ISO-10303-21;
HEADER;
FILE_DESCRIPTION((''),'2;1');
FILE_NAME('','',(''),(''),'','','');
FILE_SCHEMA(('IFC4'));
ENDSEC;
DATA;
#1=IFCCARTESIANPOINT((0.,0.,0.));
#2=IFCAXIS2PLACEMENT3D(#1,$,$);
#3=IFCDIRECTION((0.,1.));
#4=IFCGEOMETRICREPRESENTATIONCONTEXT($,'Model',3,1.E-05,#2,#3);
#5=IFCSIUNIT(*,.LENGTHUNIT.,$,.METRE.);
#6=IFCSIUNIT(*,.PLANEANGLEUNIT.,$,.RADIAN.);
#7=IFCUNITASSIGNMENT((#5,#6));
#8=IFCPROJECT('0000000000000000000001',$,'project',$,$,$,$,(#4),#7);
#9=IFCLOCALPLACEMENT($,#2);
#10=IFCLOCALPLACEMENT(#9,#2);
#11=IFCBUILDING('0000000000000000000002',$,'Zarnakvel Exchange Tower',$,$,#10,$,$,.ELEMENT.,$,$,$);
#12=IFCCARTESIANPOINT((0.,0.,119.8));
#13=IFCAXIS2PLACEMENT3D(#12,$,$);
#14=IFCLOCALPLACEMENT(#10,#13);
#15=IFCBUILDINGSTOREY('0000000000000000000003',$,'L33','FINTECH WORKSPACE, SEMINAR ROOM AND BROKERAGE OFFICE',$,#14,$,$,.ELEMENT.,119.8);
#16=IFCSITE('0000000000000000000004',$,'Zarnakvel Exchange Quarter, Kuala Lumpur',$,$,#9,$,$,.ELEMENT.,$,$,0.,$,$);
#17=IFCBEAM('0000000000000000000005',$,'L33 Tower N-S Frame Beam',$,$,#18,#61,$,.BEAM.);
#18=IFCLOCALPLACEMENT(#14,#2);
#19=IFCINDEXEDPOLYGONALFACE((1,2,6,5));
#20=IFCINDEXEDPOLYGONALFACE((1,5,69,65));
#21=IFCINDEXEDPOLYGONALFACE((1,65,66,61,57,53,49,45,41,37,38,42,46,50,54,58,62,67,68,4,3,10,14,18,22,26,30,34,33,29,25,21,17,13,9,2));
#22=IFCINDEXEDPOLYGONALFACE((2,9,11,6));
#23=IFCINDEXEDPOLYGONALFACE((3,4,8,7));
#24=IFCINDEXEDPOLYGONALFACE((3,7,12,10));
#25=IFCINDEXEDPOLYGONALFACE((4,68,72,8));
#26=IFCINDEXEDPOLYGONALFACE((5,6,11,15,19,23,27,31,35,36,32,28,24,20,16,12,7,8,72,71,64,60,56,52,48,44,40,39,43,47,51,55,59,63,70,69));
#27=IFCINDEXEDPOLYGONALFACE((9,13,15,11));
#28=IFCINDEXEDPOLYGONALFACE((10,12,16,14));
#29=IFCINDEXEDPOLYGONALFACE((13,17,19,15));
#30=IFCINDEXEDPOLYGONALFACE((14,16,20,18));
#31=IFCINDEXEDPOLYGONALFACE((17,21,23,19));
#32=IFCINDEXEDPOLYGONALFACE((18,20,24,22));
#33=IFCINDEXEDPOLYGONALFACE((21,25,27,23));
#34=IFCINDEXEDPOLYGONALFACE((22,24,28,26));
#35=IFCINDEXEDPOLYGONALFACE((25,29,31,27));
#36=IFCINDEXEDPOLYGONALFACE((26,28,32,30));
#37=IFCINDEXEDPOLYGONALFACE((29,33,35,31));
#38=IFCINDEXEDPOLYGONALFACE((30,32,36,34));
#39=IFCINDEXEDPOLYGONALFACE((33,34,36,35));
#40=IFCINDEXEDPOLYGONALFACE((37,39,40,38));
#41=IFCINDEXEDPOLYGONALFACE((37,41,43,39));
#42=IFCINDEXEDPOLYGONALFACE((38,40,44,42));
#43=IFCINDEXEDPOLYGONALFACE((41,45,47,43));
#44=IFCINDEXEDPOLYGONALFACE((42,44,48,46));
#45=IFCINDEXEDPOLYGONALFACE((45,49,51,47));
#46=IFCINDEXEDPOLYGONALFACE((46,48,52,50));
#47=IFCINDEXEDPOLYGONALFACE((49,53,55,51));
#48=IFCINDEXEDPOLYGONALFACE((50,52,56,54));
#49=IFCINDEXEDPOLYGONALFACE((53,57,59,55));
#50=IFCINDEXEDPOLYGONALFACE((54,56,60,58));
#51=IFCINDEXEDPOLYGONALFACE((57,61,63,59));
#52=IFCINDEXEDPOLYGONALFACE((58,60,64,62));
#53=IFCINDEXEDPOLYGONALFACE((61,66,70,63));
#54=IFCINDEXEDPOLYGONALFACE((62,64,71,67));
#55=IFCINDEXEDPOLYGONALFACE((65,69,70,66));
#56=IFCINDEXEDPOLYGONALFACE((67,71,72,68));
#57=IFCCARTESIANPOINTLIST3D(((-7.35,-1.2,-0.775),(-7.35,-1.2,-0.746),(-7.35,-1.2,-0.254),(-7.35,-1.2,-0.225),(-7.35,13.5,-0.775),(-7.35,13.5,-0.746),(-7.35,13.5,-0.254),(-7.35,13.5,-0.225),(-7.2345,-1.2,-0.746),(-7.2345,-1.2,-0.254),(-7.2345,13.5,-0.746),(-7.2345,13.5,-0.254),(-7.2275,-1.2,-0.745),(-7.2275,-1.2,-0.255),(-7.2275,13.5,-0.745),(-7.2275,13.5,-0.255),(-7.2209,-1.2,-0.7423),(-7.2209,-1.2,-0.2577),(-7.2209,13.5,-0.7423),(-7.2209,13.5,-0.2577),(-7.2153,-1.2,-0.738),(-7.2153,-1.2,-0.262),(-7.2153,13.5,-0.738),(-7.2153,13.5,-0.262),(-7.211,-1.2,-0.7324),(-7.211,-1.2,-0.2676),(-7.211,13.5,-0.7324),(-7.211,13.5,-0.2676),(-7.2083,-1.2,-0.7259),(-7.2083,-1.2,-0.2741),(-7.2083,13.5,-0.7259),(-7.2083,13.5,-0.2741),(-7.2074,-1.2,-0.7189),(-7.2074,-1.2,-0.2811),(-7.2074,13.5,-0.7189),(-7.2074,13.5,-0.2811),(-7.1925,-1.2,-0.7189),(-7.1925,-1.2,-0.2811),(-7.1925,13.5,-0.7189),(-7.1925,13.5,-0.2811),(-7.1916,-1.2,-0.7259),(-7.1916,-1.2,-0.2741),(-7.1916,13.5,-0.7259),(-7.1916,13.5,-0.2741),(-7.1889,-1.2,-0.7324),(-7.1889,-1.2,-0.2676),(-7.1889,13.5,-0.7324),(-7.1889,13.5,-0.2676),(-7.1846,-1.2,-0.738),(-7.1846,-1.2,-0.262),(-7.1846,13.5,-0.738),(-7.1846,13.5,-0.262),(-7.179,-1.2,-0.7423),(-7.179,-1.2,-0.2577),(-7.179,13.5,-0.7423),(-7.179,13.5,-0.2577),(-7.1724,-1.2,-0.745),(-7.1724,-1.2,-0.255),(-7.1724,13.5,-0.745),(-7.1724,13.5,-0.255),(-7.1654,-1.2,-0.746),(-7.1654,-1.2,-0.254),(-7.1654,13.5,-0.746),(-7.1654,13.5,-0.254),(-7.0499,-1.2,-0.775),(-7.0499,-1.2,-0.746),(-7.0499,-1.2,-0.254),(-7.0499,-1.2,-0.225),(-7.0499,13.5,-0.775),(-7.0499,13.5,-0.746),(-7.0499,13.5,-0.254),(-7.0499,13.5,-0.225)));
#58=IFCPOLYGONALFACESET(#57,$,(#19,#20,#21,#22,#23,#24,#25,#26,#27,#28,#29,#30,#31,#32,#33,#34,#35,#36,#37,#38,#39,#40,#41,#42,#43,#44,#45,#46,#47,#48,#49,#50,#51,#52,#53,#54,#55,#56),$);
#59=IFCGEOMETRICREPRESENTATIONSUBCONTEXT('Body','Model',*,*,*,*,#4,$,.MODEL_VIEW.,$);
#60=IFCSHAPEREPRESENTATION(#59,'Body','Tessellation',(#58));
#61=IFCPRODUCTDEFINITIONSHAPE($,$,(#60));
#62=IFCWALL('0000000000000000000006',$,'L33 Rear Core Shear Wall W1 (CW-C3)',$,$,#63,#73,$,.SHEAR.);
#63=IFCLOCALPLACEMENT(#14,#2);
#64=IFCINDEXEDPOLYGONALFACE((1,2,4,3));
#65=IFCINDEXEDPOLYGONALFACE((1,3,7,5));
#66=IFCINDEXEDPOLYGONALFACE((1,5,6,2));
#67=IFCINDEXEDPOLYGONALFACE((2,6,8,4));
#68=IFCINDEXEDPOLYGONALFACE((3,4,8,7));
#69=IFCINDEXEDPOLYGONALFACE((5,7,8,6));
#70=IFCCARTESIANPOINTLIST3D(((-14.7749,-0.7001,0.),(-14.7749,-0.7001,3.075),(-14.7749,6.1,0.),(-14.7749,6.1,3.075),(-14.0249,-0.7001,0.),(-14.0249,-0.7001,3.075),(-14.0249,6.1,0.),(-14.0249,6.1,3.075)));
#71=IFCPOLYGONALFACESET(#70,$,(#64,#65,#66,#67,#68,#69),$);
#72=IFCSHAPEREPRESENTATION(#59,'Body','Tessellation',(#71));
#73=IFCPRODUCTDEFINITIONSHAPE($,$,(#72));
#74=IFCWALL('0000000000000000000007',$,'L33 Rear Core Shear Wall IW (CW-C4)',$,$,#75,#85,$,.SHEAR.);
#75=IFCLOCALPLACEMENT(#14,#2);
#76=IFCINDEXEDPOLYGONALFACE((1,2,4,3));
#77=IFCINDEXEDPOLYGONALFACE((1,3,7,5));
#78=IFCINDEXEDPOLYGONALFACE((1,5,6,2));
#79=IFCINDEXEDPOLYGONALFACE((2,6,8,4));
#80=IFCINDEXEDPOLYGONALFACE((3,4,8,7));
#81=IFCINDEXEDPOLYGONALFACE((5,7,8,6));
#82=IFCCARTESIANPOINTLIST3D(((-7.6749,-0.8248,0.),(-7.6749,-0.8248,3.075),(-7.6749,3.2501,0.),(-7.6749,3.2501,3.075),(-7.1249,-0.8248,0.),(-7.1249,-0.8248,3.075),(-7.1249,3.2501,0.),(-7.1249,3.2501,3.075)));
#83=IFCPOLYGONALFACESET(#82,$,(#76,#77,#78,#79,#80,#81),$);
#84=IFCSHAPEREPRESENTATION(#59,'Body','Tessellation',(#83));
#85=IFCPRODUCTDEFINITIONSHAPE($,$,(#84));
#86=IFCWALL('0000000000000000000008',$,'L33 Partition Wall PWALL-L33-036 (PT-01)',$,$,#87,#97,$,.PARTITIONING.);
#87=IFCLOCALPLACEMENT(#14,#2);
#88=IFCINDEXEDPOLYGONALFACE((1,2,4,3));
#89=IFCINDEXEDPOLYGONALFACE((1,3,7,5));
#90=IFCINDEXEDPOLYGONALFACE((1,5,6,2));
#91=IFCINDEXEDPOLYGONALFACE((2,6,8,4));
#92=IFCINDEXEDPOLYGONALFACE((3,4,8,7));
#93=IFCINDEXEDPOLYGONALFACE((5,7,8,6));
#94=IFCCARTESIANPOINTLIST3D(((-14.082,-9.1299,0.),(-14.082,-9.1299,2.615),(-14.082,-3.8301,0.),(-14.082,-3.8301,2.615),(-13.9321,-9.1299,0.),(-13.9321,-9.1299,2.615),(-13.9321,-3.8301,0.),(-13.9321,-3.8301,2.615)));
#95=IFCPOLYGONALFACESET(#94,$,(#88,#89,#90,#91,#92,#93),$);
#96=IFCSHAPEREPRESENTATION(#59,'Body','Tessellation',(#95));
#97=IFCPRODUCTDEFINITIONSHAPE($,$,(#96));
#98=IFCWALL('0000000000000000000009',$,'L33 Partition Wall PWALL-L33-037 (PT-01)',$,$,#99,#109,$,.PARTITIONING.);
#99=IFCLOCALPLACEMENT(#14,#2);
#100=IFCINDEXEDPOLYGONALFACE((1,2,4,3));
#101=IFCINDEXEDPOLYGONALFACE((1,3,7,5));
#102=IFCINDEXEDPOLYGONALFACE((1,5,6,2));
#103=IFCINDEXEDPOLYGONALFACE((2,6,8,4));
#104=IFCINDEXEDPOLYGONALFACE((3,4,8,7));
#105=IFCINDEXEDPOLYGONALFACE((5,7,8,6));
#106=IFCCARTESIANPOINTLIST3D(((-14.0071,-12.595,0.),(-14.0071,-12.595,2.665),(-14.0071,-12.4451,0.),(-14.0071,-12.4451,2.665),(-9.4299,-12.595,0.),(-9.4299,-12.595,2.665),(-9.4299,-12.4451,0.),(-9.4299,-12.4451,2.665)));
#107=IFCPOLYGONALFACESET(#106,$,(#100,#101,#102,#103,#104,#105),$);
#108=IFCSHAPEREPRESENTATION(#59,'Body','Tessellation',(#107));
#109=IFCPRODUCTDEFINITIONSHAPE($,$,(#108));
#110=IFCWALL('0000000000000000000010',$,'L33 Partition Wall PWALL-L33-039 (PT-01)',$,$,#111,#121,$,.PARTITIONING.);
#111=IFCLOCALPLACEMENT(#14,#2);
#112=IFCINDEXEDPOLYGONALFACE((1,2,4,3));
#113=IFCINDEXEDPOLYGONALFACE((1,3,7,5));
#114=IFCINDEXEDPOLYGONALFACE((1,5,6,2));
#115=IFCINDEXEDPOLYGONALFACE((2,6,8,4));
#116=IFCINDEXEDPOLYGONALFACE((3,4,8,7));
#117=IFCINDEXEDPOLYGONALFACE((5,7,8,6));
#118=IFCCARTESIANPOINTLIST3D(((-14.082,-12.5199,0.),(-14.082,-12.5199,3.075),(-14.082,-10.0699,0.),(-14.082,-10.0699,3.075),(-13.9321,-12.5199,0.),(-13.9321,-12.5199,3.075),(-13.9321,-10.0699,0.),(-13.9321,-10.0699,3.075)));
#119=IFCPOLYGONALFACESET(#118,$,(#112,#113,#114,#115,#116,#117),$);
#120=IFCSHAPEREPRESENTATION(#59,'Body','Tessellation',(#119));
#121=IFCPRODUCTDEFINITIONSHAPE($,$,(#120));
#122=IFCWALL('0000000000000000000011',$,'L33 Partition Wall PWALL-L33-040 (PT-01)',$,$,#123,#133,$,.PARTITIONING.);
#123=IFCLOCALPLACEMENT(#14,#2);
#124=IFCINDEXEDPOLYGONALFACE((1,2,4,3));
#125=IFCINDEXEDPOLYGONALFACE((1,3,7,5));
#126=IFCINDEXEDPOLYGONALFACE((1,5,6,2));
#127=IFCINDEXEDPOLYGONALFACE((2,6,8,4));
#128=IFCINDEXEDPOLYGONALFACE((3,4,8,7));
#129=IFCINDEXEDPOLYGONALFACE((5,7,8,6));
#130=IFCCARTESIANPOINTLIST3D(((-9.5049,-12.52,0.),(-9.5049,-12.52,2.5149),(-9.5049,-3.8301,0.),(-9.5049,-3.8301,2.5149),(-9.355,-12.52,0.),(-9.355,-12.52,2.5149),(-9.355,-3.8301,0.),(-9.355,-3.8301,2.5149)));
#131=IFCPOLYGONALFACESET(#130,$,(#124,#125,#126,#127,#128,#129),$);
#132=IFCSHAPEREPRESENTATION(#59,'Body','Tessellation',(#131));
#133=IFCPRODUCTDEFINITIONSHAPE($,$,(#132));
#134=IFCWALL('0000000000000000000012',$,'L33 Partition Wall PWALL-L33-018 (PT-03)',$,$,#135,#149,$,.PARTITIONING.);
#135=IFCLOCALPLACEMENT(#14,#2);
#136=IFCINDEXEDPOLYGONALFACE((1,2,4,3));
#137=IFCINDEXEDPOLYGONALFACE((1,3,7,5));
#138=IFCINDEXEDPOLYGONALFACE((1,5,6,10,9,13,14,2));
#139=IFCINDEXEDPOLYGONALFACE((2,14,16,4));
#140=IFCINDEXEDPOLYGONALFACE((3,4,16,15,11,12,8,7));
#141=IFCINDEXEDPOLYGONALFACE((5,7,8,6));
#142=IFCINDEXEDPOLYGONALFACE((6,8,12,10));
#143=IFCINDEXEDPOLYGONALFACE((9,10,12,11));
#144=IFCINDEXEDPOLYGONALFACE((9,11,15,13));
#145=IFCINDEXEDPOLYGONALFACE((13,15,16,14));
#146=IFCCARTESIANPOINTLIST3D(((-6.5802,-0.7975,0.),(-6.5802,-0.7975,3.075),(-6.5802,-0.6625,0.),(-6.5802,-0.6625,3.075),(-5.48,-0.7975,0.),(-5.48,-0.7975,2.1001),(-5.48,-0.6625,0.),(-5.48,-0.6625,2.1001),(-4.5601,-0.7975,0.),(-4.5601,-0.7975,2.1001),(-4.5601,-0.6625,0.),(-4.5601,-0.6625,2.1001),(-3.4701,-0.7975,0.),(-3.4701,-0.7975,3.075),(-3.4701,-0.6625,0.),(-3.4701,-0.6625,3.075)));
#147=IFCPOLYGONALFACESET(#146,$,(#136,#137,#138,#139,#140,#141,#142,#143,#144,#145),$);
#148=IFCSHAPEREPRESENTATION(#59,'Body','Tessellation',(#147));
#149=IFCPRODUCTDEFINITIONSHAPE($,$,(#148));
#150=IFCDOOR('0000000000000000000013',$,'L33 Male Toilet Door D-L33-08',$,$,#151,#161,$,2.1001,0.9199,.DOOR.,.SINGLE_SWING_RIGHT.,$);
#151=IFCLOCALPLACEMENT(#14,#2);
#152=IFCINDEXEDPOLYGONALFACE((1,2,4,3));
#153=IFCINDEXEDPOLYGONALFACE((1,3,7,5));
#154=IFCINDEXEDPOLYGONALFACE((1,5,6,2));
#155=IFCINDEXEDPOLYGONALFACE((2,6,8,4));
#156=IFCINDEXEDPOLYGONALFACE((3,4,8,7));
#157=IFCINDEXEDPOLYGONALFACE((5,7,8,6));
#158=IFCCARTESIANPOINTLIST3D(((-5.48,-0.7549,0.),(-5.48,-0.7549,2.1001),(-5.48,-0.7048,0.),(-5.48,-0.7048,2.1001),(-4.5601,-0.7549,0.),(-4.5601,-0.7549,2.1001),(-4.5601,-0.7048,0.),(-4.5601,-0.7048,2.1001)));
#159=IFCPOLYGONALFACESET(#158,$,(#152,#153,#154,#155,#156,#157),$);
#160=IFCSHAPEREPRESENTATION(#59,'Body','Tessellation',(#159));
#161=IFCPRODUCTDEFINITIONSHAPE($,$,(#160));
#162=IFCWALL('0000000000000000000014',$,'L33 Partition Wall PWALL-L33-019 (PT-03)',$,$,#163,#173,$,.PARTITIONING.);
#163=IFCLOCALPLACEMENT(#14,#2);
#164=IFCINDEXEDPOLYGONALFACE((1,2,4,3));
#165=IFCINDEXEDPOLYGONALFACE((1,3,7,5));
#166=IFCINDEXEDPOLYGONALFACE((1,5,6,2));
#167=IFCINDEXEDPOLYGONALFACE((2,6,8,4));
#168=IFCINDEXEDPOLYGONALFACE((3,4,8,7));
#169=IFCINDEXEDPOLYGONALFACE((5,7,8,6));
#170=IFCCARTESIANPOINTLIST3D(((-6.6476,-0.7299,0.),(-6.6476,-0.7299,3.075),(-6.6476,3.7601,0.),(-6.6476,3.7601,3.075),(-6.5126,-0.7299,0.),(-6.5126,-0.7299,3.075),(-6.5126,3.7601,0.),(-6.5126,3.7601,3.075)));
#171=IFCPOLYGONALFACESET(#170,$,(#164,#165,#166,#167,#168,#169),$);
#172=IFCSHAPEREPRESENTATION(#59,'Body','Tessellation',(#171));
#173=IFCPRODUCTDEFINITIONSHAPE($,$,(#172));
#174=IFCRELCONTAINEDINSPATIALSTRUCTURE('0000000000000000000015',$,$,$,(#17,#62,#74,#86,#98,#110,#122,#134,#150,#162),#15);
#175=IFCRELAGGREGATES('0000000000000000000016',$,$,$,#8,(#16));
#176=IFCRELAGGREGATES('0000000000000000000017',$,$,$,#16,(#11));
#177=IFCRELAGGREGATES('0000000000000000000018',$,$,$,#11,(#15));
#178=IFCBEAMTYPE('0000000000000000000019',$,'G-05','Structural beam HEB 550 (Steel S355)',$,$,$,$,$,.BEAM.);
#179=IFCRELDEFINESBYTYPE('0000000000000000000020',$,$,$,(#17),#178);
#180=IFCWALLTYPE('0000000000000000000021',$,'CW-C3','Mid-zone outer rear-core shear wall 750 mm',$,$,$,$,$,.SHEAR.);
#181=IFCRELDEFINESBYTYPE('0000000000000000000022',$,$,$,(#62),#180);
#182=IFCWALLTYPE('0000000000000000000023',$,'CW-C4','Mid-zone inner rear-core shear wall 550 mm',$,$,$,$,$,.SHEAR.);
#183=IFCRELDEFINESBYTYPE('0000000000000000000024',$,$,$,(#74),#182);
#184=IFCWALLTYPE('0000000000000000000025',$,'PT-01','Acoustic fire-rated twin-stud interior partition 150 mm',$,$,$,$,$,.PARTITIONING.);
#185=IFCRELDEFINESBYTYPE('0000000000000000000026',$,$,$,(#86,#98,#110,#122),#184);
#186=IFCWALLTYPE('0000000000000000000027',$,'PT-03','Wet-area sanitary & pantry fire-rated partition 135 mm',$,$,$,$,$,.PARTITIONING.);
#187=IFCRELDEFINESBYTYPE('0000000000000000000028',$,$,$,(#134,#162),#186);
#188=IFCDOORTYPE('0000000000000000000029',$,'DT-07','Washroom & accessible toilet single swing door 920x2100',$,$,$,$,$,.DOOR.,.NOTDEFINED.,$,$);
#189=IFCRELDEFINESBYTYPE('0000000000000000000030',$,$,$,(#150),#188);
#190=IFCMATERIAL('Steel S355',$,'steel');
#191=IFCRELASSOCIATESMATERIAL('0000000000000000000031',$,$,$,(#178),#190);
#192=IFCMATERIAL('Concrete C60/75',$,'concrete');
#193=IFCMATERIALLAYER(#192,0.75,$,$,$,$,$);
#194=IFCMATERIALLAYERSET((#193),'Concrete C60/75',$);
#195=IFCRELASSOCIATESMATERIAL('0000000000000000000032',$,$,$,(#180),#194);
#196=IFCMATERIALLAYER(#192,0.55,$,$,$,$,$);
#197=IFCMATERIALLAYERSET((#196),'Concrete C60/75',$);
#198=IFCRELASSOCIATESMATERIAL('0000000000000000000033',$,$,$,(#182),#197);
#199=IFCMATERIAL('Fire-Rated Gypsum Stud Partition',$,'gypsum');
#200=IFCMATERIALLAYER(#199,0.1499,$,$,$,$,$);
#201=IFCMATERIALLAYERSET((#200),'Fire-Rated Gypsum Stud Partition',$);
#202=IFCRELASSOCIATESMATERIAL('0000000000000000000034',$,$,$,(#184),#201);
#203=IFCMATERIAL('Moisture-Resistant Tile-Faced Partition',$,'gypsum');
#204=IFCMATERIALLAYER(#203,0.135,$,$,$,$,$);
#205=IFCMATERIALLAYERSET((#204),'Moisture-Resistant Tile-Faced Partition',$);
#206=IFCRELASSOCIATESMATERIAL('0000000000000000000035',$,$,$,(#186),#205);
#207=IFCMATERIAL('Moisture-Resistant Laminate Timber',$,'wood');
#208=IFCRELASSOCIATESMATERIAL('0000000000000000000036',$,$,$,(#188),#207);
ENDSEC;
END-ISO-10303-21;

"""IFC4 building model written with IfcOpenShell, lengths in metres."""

from ifc_helpers import new_model, si_unit, direction, frame, frame_2d, origin, origin_2d, place, context, subcontext, project, spatial, rectangle, i_section, extrude, source, transform, mapped, material, layer, layer_set, material_profile, profile_set, type_object, element, fill, save


model = new_model("IFC4")

# Units and contexts
model_context = context("Model", 3, precision=1e-05, world=origin(), true_north=direction((0.0, 1.0)))
body_context = subcontext(model_context, "Body", "Model", "MODEL_VIEW")
ifc_project = project(units=[si_unit("LENGTHUNIT", "METRE"), si_unit("PLANEANGLEUNIT", "RADIAN")], contexts=[model_context])

# Site, building, storey
site_placement = place(None, origin())
site = spatial("IfcSite", under=ifc_project, at=site_placement, Name="Zarnakvel Exchange Quarter, Kuala Lumpur", CompositionType="ELEMENT", RefElevation=0.0)
building_placement = place(site_placement, origin())
building = spatial("IfcBuilding", under=site, at=building_placement, Name="Zarnakvel Exchange Tower", CompositionType="ELEMENT")
storey_placement = place(building_placement, frame((0.0, 0.0, 119.8)))
storey = spatial("IfcBuildingStorey", under=building, at=storey_placement, Name="L33", Description="FINTECH WORKSPACE, SEMINAR ROOM AND BROKERAGE OFFICE", CompositionType="ELEMENT", Elevation=119.8)

# Shared definitions
ifc_material_1 = material(Name="Concrete C60/75", Category="concrete")

# Beam
ifc_material_2 = material(Name="Steel S355", Category="steel")
ifc_material_profile_1 = material_profile(ifc_material_2, i_section(OverallWidth=0.3, OverallDepth=0.55, WebThickness=0.0149, FlangeThickness=0.0291, FilletRadius=0.0271, at=origin_2d()))
ifc_profile_set_1 = profile_set([ifc_material_profile_1], Name="Steel S355")
beam_type_1 = type_object("IfcBeamType", Name="G-05", Description="Structural beam HEB 550 (Steel S355)", PredefinedType="BEAM", material=ifc_profile_set_1)
beam_1_placement = place(storey_placement, frame((-7.2, -1.2, -0.5), z_axis=(0.0, 1.0, 0.0), x_axis=(-1.0, 0.0, 0.0)))
element("IfcBeam", 1, at=beam_1_placement, inside=storey, type_object=beam_type_1, Name="L33 Tower N-S Frame Beam", PredefinedType="BEAM", context=body_context, shape_type="SweptSolid", body=[
    extrude(i_section(OverallWidth=0.3, OverallDepth=0.55, WebThickness=0.0149, FlangeThickness=0.0291, FilletRadius=0.0271, at=origin_2d()), origin(), (0.0, 0.0, 1.0), 14.7),
])

# Wall
ifc_layer_1 = layer(ifc_material_1, 0.75)
ifc_layer_set_1 = layer_set([ifc_layer_1], Name="Concrete C60/75")
wall_type_1 = type_object("IfcWallType", Name="CW-C3", Description="Mid-zone outer rear-core shear wall 750 mm", PredefinedType="SHEAR", material=ifc_layer_set_1)
wall_1_placement = place(storey_placement, frame((-14.3999, -0.7, 0.0), z_axis=(0.0, 0.0, 1.0), x_axis=(0.0, 1.0, 0.0)))
element("IfcWall", 2, at=wall_1_placement, inside=storey, type_object=wall_type_1, Name="L33 Rear Core Shear Wall W1 (CW-C3)", PredefinedType="SHEAR", context=body_context, shape_type="SweptSolid", body=[
    extrude(rectangle(XDim=6.8, YDim=0.75, at=frame_2d((3.3999, 0.0))), origin(), (0.0, 0.0, 1.0), 3.075),
])

# Wall
ifc_layer_2 = layer(ifc_material_1, 0.55)
ifc_layer_set_2 = layer_set([ifc_layer_2], Name="Concrete C60/75")
wall_type_2 = type_object("IfcWallType", Name="CW-C4", Description="Mid-zone inner rear-core shear wall 550 mm", PredefinedType="SHEAR", material=ifc_layer_set_2)
wall_2_placement = place(storey_placement, frame((-7.3999, -0.825, 0.0), z_axis=(0.0, 0.0, 1.0), x_axis=(0.0, 1.0, 0.0)))
element("IfcWall", 3, at=wall_2_placement, inside=storey, type_object=wall_type_2, Name="L33 Rear Core Shear Wall IW (CW-C4)", PredefinedType="SHEAR", context=body_context, shape_type="SweptSolid", body=[
    extrude(rectangle(XDim=4.075, YDim=0.55, at=frame_2d((2.0376, 0.0))), origin(), (0.0, 0.0, 1.0), 3.075),
])

# Shared definitions
ifc_material_3 = material(Name="Fire-Rated Gypsum Stud Partition", Category="gypsum")
ifc_layer_3 = layer(ifc_material_3, 0.1499)
ifc_layer_set_3 = layer_set([ifc_layer_3], Name="Fire-Rated Gypsum Stud Partition")
wall_type_3 = type_object("IfcWallType", Name="PT-01", Description="Acoustic fire-rated twin-stud interior partition 150 mm", PredefinedType="PARTITIONING", material=ifc_layer_set_3)

# Walls
wall_3_placement = place(storey_placement, frame((-14.0071, -3.8301, 0.0), z_axis=(0.0, 0.0, 1.0), x_axis=(0.0, -1.0, 0.0)))
element("IfcWall", 4, at=wall_3_placement, inside=storey, type_object=wall_type_3, Name="L33 Partition Wall PWALL-L33-036 (PT-01)", PredefinedType="PARTITIONING", context=body_context, shape_type="SweptSolid", body=[
    extrude(rectangle(XDim=5.2998, YDim=0.1499, at=frame_2d((2.6499, 0.0))), origin(), (0.0, 0.0, 1.0), 2.615),
])
wall_4_placement = place(storey_placement, frame((-9.4299, -12.52, 0.0), z_axis=(0.0, 0.0, 1.0), x_axis=(-1.0, 0.0, 0.0)))
element("IfcWall", 5, at=wall_4_placement, inside=storey, type_object=wall_type_3, Name="L33 Partition Wall PWALL-L33-037 (PT-01)", PredefinedType="PARTITIONING", context=body_context, shape_type="SweptSolid", body=[
    extrude(rectangle(XDim=4.5771, YDim=0.1499, at=frame_2d((2.2886, 0.0))), origin(), (0.0, 0.0, 1.0), 2.665),
])

# Walls
wall_5_placement = place(storey_placement, frame((-14.0071, -12.52, 0.0), z_axis=(0.0, 0.0, 1.0), x_axis=(0.0, 1.0, 0.0)))
element("IfcWall", 6, at=wall_5_placement, inside=storey, type_object=wall_type_3, Name="L33 Partition Wall PWALL-L33-039 (PT-01)", PredefinedType="PARTITIONING", context=body_context, shape_type="SweptSolid", body=[
    extrude(rectangle(XDim=2.45, YDim=0.1499, at=frame_2d((1.2251, 0.0))), origin(), (0.0, 0.0, 1.0), 3.075),
])
wall_6_placement = place(storey_placement, frame((-9.4299, -3.8301, 0.0), z_axis=(0.0, 0.0, 1.0), x_axis=(0.0, -1.0, 0.0)))
element("IfcWall", 7, at=wall_6_placement, inside=storey, type_object=wall_type_3, Name="L33 Partition Wall PWALL-L33-040 (PT-01)", PredefinedType="PARTITIONING", context=body_context, shape_type="SweptSolid", body=[
    extrude(rectangle(XDim=8.6899, YDim=0.1499, at=frame_2d((4.345, 0.0))), origin(), (0.0, 0.0, 1.0), 2.5149),
])

# Wall, opening, door
ifc_material_4 = material(Name="Moisture-Resistant Tile-Faced Partition", Category="gypsum")
ifc_layer_4 = layer(ifc_material_4, 0.135)
ifc_layer_set_4 = layer_set([ifc_layer_4], Name="Moisture-Resistant Tile-Faced Partition")
wall_type_4 = type_object("IfcWallType", Name="PT-03", Description="Wet-area sanitary & pantry fire-rated partition 135 mm", PredefinedType="PARTITIONING", material=ifc_layer_set_4)
wall_7_placement = place(storey_placement, frame((-3.47, -0.73, 0.0), z_axis=(0.0, 0.0, 1.0), x_axis=(-1.0, 0.0, 0.0)))
wall_7 = element("IfcWall", 8, at=wall_7_placement, inside=storey, type_object=wall_type_4, Name="L33 Partition Wall PWALL-L33-018 (PT-03)", PredefinedType="PARTITIONING", context=body_context, shape_type="SweptSolid", body=[
    extrude(rectangle(XDim=3.1101, YDim=0.135, at=frame_2d((1.5552, 0.0))), origin(), (0.0, 0.0, 1.0), 3.075),
])
opening_1_placement = place(wall_7_placement, frame((1.0901, 0.0, 0.0)))
opening_1 = element("IfcOpeningElement", 9, at=opening_1_placement, cuts=wall_7, PredefinedType="OPENING", context=body_context, shape_type="SweptSolid", body=[
    extrude(rectangle(XDim=0.9199, YDim=2.1001, at=frame_2d((0.46, 1.05))), frame((0.0, 0.0774, 0.0), z_axis=(0.0, -1.0, 0.0), x_axis=(1.0, 0.0, 0.0)), (0.0, 0.0, 1.0), 0.155),
])
ifc_material_5 = material(Name="Moisture-Resistant Laminate Timber", Category="wood")
door_type_1 = type_object("IfcDoorType", Name="DT-07", Description="Washroom & accessible toilet single swing door 920x2100", OperationType="NOTDEFINED", PredefinedType="DOOR", material=ifc_material_5)
shared_shape_1 = source(origin(), body_context, "Body", "SweptSolid", [
    extrude(rectangle(XDim=0.9199, YDim=2.1001, at=frame_2d((0.46, 1.05))), frame((0.0, 0.0249, 0.0), z_axis=(0.0, -1.0, 0.0), x_axis=(1.0, 0.0, 0.0)), (0.0, 0.0, 1.0), 0.05),
])
door_1_placement = place(opening_1_placement, origin())
door_1 = element("IfcDoor", 10, at=door_1_placement, inside=storey, type_object=door_type_1, Name="L33 Male Toilet Door D-L33-08", OperationType="SINGLE_SWING_RIGHT", OverallHeight=2.1001, OverallWidth=0.9199, PredefinedType="DOOR", context=body_context, shape_type="MappedRepresentation", body=[
    mapped(shared_shape_1, transform((0.0, 0.0, 0.0), x_axis=(1.0, 0.0, 0.0), y_axis=(0.0, 1.0, 0.0), z_axis=(0.0, 0.0, 1.0), scale=1.0)),
])
fill(opening_1, door_1)

# Wall
wall_8_placement = place(storey_placement, frame((-6.5801, -0.73, 0.0), z_axis=(0.0, 0.0, 1.0), x_axis=(0.0, 1.0, 0.0)))
element("IfcWall", 11, at=wall_8_placement, inside=storey, type_object=wall_type_4, Name="L33 Partition Wall PWALL-L33-019 (PT-03)", PredefinedType="PARTITIONING", context=body_context, shape_type="SweptSolid", body=[
    extrude(rectangle(XDim=4.49, YDim=0.135, at=frame_2d((2.2451, 0.0))), origin(), (0.0, 0.0, 1.0), 3.075),
])

save(model, "model.ifc")
